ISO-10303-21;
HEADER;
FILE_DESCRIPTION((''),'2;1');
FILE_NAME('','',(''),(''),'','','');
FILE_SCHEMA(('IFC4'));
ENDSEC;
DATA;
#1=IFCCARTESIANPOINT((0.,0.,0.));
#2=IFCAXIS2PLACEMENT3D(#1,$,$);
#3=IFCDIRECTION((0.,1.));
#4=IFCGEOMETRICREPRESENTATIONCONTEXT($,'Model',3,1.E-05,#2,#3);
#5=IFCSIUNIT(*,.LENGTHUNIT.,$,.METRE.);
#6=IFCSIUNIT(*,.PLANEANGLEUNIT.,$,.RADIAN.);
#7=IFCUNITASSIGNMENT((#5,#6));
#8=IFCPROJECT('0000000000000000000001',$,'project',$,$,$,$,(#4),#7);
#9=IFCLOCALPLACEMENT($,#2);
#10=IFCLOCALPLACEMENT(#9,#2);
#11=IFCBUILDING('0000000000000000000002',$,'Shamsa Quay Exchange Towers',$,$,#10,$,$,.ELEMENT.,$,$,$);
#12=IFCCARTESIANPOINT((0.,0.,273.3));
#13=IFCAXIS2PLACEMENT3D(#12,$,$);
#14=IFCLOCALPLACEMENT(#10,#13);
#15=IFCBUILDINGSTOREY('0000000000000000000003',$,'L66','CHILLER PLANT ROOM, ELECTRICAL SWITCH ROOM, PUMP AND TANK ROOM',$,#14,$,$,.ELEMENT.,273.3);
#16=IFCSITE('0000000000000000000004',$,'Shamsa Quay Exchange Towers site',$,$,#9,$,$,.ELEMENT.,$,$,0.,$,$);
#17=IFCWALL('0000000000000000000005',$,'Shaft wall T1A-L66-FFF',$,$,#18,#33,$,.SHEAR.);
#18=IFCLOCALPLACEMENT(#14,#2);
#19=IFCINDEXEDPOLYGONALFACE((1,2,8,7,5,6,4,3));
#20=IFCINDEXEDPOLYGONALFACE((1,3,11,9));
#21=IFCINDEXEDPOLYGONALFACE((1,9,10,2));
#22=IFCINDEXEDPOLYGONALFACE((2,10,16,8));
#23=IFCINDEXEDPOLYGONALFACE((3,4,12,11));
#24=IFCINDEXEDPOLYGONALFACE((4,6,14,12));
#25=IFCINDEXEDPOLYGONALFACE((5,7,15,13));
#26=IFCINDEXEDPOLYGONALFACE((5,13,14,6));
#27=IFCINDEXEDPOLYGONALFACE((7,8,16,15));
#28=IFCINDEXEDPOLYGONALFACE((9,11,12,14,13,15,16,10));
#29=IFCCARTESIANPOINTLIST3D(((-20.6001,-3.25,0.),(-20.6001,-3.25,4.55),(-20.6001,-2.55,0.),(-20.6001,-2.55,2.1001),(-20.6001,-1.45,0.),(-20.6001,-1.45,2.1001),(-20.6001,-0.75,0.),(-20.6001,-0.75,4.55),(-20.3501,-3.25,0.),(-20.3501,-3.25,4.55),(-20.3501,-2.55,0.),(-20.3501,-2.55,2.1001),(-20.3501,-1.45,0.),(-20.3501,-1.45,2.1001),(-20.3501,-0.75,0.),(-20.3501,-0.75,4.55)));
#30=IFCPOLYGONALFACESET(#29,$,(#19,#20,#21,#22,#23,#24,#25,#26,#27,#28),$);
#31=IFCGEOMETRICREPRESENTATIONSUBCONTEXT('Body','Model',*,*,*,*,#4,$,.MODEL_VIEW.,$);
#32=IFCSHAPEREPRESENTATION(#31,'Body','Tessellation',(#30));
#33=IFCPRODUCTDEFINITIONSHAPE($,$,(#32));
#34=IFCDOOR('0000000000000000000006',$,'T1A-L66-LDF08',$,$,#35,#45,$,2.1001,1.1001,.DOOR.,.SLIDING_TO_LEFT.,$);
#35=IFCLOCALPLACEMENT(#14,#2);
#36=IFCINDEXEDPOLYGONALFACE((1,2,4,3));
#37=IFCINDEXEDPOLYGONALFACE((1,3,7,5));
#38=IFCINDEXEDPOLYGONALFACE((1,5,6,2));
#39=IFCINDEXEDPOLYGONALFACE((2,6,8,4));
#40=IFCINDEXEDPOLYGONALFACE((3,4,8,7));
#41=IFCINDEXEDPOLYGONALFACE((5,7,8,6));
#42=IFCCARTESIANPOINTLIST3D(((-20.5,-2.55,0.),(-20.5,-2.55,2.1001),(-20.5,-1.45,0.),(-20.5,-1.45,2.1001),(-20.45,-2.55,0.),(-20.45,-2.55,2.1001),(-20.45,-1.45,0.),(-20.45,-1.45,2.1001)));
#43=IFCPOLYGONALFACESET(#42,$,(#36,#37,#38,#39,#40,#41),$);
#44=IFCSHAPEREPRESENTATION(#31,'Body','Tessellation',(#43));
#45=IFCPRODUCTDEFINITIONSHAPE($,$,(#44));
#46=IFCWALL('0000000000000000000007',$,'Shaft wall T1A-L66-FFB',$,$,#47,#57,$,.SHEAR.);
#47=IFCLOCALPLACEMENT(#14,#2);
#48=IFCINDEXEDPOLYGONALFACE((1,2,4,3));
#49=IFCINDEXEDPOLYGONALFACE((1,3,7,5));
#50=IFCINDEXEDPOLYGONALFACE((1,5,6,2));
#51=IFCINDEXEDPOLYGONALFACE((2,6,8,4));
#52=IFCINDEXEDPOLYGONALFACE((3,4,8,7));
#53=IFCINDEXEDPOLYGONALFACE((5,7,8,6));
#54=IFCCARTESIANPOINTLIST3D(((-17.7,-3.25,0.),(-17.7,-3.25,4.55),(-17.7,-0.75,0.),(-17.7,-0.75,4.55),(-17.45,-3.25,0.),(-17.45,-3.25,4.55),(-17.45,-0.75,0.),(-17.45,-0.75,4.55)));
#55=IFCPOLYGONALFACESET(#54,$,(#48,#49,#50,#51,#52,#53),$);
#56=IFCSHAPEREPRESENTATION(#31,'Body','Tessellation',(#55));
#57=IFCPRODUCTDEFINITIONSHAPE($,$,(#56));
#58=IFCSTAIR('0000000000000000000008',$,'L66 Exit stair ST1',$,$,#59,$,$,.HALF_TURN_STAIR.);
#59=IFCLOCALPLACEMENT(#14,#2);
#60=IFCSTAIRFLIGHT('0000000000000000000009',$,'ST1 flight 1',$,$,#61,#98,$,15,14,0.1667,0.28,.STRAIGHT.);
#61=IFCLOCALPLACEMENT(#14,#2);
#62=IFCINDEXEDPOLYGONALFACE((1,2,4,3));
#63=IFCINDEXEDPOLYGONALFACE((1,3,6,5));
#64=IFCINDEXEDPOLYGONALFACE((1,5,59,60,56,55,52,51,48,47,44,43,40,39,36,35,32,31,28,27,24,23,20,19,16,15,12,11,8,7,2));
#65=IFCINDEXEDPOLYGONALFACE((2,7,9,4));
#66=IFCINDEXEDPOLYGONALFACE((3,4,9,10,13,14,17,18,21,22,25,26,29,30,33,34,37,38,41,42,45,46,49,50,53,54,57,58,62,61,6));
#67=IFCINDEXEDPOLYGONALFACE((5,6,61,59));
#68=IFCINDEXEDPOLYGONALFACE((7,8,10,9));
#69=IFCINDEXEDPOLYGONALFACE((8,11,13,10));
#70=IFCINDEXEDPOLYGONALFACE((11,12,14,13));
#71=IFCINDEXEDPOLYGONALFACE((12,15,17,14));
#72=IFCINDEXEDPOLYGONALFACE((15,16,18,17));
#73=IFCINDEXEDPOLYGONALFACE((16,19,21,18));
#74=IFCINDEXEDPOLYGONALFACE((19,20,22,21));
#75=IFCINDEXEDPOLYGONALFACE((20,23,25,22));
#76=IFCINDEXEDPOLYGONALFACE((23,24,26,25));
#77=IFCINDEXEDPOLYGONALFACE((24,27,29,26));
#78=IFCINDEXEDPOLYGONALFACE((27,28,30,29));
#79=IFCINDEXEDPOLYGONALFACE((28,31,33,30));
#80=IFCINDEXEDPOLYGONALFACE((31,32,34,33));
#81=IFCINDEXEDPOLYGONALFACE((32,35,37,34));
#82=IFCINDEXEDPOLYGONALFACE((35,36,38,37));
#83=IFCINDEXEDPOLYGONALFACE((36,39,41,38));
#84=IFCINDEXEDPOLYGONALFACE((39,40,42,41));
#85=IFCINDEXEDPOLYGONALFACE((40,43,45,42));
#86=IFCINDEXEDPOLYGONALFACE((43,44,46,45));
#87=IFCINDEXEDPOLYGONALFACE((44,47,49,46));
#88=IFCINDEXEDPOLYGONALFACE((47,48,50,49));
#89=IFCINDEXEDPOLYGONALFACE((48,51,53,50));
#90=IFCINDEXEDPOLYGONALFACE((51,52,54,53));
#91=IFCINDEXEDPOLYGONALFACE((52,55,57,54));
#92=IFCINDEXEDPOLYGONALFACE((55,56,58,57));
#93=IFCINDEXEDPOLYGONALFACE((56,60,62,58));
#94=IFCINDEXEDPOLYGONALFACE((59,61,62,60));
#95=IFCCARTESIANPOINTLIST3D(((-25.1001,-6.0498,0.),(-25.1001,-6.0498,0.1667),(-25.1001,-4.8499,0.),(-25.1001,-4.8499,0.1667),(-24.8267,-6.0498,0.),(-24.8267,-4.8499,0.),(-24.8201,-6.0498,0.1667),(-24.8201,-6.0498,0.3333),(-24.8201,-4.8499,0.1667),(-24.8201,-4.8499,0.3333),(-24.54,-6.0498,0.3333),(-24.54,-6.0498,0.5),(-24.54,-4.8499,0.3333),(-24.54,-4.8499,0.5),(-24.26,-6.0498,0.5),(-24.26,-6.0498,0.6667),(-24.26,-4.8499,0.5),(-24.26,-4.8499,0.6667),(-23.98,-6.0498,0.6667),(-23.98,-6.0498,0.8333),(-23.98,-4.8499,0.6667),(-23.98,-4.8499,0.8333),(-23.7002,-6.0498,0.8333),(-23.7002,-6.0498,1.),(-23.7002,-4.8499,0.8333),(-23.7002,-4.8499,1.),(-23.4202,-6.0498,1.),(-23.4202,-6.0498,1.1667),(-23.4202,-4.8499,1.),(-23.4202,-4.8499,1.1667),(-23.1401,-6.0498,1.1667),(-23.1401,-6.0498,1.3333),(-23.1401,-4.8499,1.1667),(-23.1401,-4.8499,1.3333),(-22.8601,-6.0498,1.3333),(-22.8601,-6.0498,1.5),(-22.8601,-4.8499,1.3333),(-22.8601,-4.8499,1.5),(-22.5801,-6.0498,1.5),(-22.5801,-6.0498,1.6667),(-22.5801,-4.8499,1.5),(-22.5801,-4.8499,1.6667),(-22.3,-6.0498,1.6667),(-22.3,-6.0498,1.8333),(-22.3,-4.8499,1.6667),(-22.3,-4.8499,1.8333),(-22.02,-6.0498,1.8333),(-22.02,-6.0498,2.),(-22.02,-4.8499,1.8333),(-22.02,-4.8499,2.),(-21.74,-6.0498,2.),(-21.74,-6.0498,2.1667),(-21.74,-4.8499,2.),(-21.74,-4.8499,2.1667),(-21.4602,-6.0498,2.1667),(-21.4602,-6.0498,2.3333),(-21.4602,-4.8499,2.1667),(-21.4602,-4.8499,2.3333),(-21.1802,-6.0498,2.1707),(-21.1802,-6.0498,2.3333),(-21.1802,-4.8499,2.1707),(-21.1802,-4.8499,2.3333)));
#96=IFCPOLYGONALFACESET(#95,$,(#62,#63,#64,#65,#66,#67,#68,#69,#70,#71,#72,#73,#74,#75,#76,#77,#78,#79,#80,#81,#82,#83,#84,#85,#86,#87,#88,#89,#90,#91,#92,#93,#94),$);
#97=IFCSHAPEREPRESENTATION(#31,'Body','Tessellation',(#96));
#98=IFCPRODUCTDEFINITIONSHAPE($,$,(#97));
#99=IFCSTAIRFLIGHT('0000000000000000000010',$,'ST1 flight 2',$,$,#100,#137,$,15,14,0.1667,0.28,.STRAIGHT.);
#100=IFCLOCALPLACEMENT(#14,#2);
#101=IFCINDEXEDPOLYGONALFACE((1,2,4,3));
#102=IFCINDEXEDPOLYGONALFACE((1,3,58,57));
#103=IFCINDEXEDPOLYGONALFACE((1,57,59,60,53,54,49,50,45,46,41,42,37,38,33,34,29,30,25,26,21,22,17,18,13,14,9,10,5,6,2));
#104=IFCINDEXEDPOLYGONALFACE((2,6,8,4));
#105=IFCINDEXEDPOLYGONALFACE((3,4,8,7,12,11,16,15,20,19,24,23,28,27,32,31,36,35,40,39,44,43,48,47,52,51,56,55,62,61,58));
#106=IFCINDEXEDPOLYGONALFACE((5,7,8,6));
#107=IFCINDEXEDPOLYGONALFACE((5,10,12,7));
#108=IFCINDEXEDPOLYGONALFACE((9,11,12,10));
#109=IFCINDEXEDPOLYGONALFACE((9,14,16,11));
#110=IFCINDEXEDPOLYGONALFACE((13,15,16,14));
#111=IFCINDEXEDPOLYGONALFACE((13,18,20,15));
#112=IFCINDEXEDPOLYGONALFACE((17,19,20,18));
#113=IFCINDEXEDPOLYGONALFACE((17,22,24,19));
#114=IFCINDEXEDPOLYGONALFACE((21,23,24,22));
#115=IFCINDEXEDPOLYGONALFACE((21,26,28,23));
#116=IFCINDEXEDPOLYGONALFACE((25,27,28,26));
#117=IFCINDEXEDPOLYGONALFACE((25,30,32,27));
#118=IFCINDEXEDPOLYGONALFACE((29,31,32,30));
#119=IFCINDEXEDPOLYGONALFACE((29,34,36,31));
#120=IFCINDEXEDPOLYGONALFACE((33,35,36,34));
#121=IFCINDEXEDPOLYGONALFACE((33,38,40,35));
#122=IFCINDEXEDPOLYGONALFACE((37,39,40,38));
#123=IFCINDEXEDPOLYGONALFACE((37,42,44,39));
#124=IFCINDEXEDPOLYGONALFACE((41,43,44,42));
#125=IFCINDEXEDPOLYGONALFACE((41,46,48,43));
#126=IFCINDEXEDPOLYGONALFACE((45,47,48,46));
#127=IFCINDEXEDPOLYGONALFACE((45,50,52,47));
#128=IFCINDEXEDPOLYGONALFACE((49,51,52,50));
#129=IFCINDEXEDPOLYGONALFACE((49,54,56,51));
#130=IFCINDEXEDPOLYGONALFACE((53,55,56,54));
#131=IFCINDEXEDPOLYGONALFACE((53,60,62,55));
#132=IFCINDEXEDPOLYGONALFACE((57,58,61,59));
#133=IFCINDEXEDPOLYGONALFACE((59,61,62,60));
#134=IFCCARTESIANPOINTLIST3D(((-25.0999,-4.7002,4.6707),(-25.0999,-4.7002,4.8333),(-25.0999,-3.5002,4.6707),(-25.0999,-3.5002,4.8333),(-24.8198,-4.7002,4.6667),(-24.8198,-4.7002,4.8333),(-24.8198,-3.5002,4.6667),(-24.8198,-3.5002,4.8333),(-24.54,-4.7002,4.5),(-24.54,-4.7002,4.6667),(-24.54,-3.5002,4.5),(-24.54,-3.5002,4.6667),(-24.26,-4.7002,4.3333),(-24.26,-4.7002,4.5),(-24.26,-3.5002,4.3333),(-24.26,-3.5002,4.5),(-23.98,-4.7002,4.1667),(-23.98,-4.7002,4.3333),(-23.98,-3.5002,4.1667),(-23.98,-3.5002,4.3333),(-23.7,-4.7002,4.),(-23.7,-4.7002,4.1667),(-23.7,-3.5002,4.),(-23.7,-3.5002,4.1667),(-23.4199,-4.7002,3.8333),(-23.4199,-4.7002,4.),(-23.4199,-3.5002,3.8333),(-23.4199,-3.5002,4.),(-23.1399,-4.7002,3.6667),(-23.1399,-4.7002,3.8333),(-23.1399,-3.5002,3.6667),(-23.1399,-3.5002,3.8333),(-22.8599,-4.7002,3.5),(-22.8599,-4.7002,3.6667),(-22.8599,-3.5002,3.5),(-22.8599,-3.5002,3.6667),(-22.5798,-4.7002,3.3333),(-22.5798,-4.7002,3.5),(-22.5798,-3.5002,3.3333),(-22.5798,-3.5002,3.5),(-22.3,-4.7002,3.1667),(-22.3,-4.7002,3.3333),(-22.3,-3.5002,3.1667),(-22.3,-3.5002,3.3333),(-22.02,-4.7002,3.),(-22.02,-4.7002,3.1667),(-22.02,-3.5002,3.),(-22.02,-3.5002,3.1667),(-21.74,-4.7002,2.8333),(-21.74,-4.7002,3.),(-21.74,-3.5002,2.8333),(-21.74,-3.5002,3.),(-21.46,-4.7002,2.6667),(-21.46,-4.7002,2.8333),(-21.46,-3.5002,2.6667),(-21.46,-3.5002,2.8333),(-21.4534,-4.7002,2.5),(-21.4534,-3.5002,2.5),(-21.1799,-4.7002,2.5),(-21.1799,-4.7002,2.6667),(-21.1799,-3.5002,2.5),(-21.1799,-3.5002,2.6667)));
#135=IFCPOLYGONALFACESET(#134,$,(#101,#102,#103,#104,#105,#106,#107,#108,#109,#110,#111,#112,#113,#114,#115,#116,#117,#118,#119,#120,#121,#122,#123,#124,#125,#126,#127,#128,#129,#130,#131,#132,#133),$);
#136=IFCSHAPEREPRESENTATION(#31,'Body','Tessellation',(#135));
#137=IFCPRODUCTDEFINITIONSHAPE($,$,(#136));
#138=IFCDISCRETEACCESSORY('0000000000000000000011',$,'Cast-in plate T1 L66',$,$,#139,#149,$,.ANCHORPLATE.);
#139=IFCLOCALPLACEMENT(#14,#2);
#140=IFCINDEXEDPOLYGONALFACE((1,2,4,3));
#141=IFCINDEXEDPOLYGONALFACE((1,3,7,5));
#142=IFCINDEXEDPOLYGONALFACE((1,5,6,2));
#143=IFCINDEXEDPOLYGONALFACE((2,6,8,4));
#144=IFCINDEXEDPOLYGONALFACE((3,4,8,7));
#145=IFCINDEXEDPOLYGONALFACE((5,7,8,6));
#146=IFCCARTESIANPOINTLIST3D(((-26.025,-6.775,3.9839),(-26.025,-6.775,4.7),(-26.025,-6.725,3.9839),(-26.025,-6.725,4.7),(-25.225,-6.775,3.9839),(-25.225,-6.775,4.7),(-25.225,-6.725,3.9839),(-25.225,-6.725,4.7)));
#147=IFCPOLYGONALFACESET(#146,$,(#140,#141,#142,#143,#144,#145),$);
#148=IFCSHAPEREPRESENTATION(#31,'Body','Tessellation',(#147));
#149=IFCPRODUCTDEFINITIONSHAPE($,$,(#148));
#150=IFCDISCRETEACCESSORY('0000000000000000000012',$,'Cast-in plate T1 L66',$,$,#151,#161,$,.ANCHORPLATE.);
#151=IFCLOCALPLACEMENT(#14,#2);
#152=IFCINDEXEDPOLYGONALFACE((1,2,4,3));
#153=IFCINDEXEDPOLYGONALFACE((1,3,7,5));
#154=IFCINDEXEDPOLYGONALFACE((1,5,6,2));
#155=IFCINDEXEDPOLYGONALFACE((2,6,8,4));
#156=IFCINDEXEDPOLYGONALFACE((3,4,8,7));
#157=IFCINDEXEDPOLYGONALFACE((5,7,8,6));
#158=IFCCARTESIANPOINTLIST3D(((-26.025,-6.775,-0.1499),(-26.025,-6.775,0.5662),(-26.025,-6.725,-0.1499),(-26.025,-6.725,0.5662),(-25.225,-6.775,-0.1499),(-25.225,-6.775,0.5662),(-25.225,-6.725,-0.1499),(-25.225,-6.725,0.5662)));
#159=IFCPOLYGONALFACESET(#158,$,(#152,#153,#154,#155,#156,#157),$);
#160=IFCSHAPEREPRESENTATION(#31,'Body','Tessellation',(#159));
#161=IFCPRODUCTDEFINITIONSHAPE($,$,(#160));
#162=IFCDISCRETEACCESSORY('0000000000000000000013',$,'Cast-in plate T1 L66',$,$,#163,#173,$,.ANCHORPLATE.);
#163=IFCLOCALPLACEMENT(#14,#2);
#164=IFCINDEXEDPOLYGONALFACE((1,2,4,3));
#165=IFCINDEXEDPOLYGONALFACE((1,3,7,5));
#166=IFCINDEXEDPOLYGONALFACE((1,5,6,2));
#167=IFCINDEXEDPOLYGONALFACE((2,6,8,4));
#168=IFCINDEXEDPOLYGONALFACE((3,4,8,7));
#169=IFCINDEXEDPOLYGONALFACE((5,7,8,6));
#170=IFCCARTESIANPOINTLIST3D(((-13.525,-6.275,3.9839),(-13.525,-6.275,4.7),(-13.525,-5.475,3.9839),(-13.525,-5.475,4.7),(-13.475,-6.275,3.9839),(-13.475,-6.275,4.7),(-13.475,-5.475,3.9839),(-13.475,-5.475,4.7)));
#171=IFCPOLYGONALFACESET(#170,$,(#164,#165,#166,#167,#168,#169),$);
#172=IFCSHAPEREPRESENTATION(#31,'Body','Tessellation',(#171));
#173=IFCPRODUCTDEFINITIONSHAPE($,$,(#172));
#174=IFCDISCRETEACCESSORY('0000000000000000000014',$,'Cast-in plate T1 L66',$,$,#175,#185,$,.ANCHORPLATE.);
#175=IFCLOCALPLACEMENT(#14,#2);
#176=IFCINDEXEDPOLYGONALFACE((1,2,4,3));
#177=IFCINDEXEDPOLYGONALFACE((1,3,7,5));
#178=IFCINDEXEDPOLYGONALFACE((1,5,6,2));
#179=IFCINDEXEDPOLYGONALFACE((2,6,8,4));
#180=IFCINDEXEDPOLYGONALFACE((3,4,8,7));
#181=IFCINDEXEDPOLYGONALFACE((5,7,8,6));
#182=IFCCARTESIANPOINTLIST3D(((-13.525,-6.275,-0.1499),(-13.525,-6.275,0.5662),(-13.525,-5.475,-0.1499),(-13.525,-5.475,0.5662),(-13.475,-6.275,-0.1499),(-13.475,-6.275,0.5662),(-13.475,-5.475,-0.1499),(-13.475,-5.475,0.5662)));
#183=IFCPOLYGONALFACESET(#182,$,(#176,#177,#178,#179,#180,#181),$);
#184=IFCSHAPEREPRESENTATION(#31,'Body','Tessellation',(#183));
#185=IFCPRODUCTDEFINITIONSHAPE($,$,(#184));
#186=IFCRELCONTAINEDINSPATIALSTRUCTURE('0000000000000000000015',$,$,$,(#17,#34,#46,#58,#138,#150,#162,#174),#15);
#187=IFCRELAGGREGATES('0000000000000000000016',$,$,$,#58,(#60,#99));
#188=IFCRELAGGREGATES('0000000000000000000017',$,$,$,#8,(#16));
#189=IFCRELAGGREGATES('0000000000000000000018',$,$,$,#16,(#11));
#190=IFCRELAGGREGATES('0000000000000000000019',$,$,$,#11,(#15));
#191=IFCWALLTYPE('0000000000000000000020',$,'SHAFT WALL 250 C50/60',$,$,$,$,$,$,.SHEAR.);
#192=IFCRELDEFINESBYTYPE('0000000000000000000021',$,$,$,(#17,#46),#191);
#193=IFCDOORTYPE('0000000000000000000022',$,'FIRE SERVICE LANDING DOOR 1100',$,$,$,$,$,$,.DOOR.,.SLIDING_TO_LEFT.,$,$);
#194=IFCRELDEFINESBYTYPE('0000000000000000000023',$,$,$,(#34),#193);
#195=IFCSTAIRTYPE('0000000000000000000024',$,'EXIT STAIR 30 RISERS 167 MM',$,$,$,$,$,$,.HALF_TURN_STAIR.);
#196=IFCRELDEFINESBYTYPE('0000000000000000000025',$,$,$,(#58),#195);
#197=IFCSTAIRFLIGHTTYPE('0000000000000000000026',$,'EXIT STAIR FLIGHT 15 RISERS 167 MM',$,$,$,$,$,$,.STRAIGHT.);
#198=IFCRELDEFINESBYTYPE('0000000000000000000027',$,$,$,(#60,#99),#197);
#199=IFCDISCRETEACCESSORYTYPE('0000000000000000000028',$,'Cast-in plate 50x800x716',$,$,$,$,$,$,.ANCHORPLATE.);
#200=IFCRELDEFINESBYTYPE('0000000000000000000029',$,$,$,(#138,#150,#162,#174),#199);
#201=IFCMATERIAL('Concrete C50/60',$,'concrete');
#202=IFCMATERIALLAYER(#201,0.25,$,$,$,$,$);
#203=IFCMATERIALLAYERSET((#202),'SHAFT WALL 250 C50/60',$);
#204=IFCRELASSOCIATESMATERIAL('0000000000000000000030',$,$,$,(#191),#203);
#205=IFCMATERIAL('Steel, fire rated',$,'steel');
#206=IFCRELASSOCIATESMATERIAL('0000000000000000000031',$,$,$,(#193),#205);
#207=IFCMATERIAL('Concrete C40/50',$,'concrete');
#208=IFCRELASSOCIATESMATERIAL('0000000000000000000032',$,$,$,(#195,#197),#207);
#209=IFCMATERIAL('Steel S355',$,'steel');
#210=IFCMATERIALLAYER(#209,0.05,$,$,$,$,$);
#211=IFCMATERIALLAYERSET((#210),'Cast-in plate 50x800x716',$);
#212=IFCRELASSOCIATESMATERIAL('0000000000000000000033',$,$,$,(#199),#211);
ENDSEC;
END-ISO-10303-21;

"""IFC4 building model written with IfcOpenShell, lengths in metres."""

from ifc_helpers import new_model, si_unit, direction, frame, frame_2d, origin, origin_2d, place, context, subcontext, project, spatial, polyline, rectangle, outline, extrude, material, layer, layer_set, type_object, element, fill, aggregate, save


model = new_model("IFC4")

# Units and contexts
model_context = context("Model", 3, precision=1e-05, world=origin(), true_north=direction((0.0, 1.0)))
body_context = subcontext(model_context, "Body", "Model", "MODEL_VIEW")
ifc_project = project(units=[si_unit("LENGTHUNIT", "METRE"), si_unit("PLANEANGLEUNIT", "RADIAN")], contexts=[model_context])

# Site, building, storey
site_placement = place(None, origin())
site = spatial("IfcSite", under=ifc_project, at=site_placement, Name="Shamsa Quay Exchange Towers site", CompositionType="ELEMENT", RefElevation=0.0)
building_placement = place(site_placement, origin())
building = spatial("IfcBuilding", under=site, at=building_placement, Name="Shamsa Quay Exchange Towers", CompositionType="ELEMENT")
storey_placement = place(building_placement, frame((0.0, 0.0, 273.3)))
storey = spatial("IfcBuildingStorey", under=building, at=storey_placement, Name="L66", Description="CHILLER PLANT ROOM, ELECTRICAL SWITCH ROOM, PUMP AND TANK ROOM", CompositionType="ELEMENT", Elevation=273.3)

# Shared definitions
ifc_material_1 = material(Name="Steel S355", Category="steel")

# Shared definitions
ifc_material_2 = material(Name="Concrete C50/60", Category="concrete")
ifc_layer_1 = layer(ifc_material_2, 0.25)
ifc_layer_set_1 = layer_set([ifc_layer_1], Name="SHAFT WALL 250 C50/60")
wall_type_1 = type_object("IfcWallType", Name="SHAFT WALL 250 C50/60", PredefinedType="SHEAR", material=ifc_layer_set_1)
ifc_material_3 = material(Name="Steel, fire rated", Category="steel")

# Wall, opening, door
wall_1_placement = place(storey_placement, frame((-20.4751, -3.25, 0.0), z_axis=(0.0, 0.0, 1.0), x_axis=(0.0, 1.0, 0.0)))
wall_1 = element("IfcWall", 1, at=wall_1_placement, inside=storey, type_object=wall_type_1, Name="Shaft wall T1A-L66-FFF", PredefinedType="SHEAR", context=body_context, shape_type="SweptSolid", body=[
    extrude(rectangle(XDim=2.5, YDim=0.25, at=frame_2d((1.25, 0.0))), origin(), (0.0, 0.0, 1.0), 4.55),
])
opening_1_placement = place(wall_1_placement, frame((0.7, 0.0, 0.0)))
opening_1 = element("IfcOpeningElement", 2, at=opening_1_placement, cuts=wall_1, PredefinedType="OPENING", context=body_context, shape_type="SweptSolid", body=[
    extrude(rectangle(XDim=1.1001, YDim=2.1001, at=frame_2d((0.55, 1.05))), frame((0.0, 0.135, 0.0), z_axis=(0.0, -1.0, 0.0), x_axis=(1.0, 0.0, 0.0)), (0.0, 0.0, 1.0), 0.27),
])
door_type_1 = type_object("IfcDoorType", Name="FIRE SERVICE LANDING DOOR 1100", OperationType="SLIDING_TO_LEFT", PredefinedType="DOOR", material=ifc_material_3)
door_1_placement = place(opening_1_placement, origin())
door_1 = element("IfcDoor", 3, at=door_1_placement, inside=storey, type_object=door_type_1, Name="T1A-L66-LDF08", OperationType="SLIDING_TO_LEFT", OverallHeight=2.1001, OverallWidth=1.1001, PredefinedType="DOOR", context=body_context, shape_type="SweptSolid", body=[
    extrude(rectangle(XDim=1.1001, YDim=2.1001, at=frame_2d((0.55, 1.05))), frame((0.0, 0.0249, 0.0), z_axis=(0.0, -1.0, 0.0), x_axis=(1.0, 0.0, 0.0)), (0.0, 0.0, 1.0), 0.05),
])
fill(opening_1, door_1)

# Wall
wall_2_placement = place(storey_placement, frame((-17.575, -3.25, 0.0), z_axis=(0.0, 0.0, 1.0), x_axis=(0.0, 1.0, 0.0)))
element("IfcWall", 4, at=wall_2_placement, inside=storey, type_object=wall_type_1, Name="Shaft wall T1A-L66-FFB", PredefinedType="SHEAR", context=body_context, shape_type="SweptSolid", body=[
    extrude(rectangle(XDim=2.5, YDim=0.25, at=frame_2d((1.25, 0.0))), origin(), (0.0, 0.0, 1.0), 4.55),
])

# Stair, stair flights
ifc_material_4 = material(Name="Concrete C40/50", Category="concrete")
stair_type = type_object("IfcStairType", Name="EXIT STAIR 30 RISERS 167 MM", PredefinedType="HALF_TURN_STAIR", material=ifc_material_4)
stair_placement = place(storey_placement, origin())
stair = element("IfcStair", 5, at=stair_placement, inside=storey, type_object=stair_type, Name="L66 Exit stair ST1", PredefinedType="HALF_TURN_STAIR")
stair_flight_type = type_object("IfcStairFlightType", Name="EXIT STAIR FLIGHT 15 RISERS 167 MM", PredefinedType="STRAIGHT", material=ifc_material_4)
stair_flight_1_placement = place(storey_placement, frame((-25.1001, -5.45, 0.0)))
stair_flight_1 = element("IfcStairFlight", 6, at=stair_flight_1_placement, type_object=stair_flight_type, Name="ST1 flight 1", NumberOfRisers=15, NumberOfTreads=14, PredefinedType="STRAIGHT", RiserHeight=0.1667, TreadLength=0.28, context=body_context, shape_type="SweptSolid", body=[
    extrude(outline(polyline([(0.0, 0.0), (0.0, 0.1667), (0.28, 0.1667), (0.28, 0.3333), (0.5601, 0.3333), (0.5601, 0.5), (0.8401, 0.5), (0.8401, 0.6667), (1.1201, 0.6667), (1.1201, 0.8333), (1.3999, 0.8333), (1.3999, 1.0), (1.6799, 1.0), (1.6799, 1.1667), (1.96, 1.1667), (1.96, 1.3333), (2.24, 1.3333), (2.24, 1.5), (2.52, 1.5), (2.52, 1.6667), (2.8, 1.6667), (2.8, 1.8333), (3.0801, 1.8333), (3.0801, 2.0), (3.3601, 2.0), (3.3601, 2.1667), (3.6399, 2.1667), (3.6399, 2.3333), (3.9199, 2.3333), (3.9199, 2.5), (3.9199, 2.1707), (0.2734, 0.0), (0.0, 0.0)])), frame((0.0, 0.6001, 0.0), z_axis=(0.0, -1.0, 0.0), x_axis=(1.0, 0.0, 0.0)), (0.0, 0.0, 1.0), 1.2),
])
stair_flight_2_placement = place(storey_placement, frame((-21.1799, -4.1001, 2.5), z_axis=(0.0, 0.0, 1.0), x_axis=(-1.0, 0.0, 0.0)))
stair_flight_2 = element("IfcStairFlight", 7, at=stair_flight_2_placement, type_object=stair_flight_type, Name="ST1 flight 2", NumberOfRisers=15, NumberOfTreads=14, PredefinedType="STRAIGHT", RiserHeight=0.1667, TreadLength=0.28, context=body_context, shape_type="SweptSolid", body=[
    extrude(outline(polyline([(0.0, 0.0), (0.0, 0.1667), (0.28, 0.1667), (0.28, 0.3333), (0.5601, 0.3333), (0.5601, 0.5), (0.8401, 0.5), (0.8401, 0.6667), (1.1201, 0.6667), (1.1201, 0.8333), (1.3999, 0.8333), (1.3999, 1.0), (1.6799, 1.0), (1.6799, 1.1667), (1.96, 1.1667), (1.96, 1.3333), (2.24, 1.3333), (2.24, 1.5), (2.52, 1.5), (2.52, 1.6667), (2.8, 1.6667), (2.8, 1.8333), (3.0801, 1.8333), (3.0801, 2.0), (3.3601, 2.0), (3.3601, 2.1667), (3.6399, 2.1667), (3.6399, 2.3333), (3.9199, 2.3333), (3.9199, 2.5), (3.9199, 2.1707), (0.2734, 0.0), (0.0, 0.0)])), frame((0.0, 0.6001, 0.0), z_axis=(0.0, -1.0, 0.0), x_axis=(1.0, 0.0, 0.0)), (0.0, 0.0, 1.0), 1.2),
])
aggregate(stair, [stair_flight_1, stair_flight_2])

# Discrete accessories
ifc_layer_2 = layer(ifc_material_1, 0.05)
ifc_layer_set_2 = layer_set([ifc_layer_2], Name="Cast-in plate 50x800x716")
discrete_accessory_type_1 = type_object("IfcDiscreteAccessoryType", Name="Cast-in plate 50x800x716", PredefinedType="ANCHORPLATE", material=ifc_layer_set_2)
for number, where, z_axis, x_axis, name in (
    (8, (-25.625, -6.75, 3.9839), (0.0, 0.0, 1.0), (0.0, 1.0, 0.0), "Cast-in plate T1 L66"),
    (9, (-25.625, -6.75, -0.1499), (0.0, 0.0, 1.0), (0.0, 1.0, 0.0), "Cast-in plate T1 L66"),
    (10, (-13.5, -5.875, 3.9839), (0.0, 0.0, 1.0), (-1.0, 0.0, 0.0), "Cast-in plate T1 L66"),
    (11, (-13.5, -5.875, -0.1499), (0.0, 0.0, 1.0), (-1.0, 0.0, 0.0), "Cast-in plate T1 L66"),
):
    element("IfcDiscreteAccessory", number, at=place(storey_placement, frame(where, z_axis=z_axis, x_axis=x_axis)), inside=storey, type_object=discrete_accessory_type_1, Name=name, PredefinedType="ANCHORPLATE", context=body_context, shape_type="SweptSolid", body=[
        extrude(rectangle(XDim=0.05, YDim=0.8, at=origin_2d()), origin(), (0.0, 0.0, 1.0), 0.7161),
    ])

save(model, "model.ifc")
